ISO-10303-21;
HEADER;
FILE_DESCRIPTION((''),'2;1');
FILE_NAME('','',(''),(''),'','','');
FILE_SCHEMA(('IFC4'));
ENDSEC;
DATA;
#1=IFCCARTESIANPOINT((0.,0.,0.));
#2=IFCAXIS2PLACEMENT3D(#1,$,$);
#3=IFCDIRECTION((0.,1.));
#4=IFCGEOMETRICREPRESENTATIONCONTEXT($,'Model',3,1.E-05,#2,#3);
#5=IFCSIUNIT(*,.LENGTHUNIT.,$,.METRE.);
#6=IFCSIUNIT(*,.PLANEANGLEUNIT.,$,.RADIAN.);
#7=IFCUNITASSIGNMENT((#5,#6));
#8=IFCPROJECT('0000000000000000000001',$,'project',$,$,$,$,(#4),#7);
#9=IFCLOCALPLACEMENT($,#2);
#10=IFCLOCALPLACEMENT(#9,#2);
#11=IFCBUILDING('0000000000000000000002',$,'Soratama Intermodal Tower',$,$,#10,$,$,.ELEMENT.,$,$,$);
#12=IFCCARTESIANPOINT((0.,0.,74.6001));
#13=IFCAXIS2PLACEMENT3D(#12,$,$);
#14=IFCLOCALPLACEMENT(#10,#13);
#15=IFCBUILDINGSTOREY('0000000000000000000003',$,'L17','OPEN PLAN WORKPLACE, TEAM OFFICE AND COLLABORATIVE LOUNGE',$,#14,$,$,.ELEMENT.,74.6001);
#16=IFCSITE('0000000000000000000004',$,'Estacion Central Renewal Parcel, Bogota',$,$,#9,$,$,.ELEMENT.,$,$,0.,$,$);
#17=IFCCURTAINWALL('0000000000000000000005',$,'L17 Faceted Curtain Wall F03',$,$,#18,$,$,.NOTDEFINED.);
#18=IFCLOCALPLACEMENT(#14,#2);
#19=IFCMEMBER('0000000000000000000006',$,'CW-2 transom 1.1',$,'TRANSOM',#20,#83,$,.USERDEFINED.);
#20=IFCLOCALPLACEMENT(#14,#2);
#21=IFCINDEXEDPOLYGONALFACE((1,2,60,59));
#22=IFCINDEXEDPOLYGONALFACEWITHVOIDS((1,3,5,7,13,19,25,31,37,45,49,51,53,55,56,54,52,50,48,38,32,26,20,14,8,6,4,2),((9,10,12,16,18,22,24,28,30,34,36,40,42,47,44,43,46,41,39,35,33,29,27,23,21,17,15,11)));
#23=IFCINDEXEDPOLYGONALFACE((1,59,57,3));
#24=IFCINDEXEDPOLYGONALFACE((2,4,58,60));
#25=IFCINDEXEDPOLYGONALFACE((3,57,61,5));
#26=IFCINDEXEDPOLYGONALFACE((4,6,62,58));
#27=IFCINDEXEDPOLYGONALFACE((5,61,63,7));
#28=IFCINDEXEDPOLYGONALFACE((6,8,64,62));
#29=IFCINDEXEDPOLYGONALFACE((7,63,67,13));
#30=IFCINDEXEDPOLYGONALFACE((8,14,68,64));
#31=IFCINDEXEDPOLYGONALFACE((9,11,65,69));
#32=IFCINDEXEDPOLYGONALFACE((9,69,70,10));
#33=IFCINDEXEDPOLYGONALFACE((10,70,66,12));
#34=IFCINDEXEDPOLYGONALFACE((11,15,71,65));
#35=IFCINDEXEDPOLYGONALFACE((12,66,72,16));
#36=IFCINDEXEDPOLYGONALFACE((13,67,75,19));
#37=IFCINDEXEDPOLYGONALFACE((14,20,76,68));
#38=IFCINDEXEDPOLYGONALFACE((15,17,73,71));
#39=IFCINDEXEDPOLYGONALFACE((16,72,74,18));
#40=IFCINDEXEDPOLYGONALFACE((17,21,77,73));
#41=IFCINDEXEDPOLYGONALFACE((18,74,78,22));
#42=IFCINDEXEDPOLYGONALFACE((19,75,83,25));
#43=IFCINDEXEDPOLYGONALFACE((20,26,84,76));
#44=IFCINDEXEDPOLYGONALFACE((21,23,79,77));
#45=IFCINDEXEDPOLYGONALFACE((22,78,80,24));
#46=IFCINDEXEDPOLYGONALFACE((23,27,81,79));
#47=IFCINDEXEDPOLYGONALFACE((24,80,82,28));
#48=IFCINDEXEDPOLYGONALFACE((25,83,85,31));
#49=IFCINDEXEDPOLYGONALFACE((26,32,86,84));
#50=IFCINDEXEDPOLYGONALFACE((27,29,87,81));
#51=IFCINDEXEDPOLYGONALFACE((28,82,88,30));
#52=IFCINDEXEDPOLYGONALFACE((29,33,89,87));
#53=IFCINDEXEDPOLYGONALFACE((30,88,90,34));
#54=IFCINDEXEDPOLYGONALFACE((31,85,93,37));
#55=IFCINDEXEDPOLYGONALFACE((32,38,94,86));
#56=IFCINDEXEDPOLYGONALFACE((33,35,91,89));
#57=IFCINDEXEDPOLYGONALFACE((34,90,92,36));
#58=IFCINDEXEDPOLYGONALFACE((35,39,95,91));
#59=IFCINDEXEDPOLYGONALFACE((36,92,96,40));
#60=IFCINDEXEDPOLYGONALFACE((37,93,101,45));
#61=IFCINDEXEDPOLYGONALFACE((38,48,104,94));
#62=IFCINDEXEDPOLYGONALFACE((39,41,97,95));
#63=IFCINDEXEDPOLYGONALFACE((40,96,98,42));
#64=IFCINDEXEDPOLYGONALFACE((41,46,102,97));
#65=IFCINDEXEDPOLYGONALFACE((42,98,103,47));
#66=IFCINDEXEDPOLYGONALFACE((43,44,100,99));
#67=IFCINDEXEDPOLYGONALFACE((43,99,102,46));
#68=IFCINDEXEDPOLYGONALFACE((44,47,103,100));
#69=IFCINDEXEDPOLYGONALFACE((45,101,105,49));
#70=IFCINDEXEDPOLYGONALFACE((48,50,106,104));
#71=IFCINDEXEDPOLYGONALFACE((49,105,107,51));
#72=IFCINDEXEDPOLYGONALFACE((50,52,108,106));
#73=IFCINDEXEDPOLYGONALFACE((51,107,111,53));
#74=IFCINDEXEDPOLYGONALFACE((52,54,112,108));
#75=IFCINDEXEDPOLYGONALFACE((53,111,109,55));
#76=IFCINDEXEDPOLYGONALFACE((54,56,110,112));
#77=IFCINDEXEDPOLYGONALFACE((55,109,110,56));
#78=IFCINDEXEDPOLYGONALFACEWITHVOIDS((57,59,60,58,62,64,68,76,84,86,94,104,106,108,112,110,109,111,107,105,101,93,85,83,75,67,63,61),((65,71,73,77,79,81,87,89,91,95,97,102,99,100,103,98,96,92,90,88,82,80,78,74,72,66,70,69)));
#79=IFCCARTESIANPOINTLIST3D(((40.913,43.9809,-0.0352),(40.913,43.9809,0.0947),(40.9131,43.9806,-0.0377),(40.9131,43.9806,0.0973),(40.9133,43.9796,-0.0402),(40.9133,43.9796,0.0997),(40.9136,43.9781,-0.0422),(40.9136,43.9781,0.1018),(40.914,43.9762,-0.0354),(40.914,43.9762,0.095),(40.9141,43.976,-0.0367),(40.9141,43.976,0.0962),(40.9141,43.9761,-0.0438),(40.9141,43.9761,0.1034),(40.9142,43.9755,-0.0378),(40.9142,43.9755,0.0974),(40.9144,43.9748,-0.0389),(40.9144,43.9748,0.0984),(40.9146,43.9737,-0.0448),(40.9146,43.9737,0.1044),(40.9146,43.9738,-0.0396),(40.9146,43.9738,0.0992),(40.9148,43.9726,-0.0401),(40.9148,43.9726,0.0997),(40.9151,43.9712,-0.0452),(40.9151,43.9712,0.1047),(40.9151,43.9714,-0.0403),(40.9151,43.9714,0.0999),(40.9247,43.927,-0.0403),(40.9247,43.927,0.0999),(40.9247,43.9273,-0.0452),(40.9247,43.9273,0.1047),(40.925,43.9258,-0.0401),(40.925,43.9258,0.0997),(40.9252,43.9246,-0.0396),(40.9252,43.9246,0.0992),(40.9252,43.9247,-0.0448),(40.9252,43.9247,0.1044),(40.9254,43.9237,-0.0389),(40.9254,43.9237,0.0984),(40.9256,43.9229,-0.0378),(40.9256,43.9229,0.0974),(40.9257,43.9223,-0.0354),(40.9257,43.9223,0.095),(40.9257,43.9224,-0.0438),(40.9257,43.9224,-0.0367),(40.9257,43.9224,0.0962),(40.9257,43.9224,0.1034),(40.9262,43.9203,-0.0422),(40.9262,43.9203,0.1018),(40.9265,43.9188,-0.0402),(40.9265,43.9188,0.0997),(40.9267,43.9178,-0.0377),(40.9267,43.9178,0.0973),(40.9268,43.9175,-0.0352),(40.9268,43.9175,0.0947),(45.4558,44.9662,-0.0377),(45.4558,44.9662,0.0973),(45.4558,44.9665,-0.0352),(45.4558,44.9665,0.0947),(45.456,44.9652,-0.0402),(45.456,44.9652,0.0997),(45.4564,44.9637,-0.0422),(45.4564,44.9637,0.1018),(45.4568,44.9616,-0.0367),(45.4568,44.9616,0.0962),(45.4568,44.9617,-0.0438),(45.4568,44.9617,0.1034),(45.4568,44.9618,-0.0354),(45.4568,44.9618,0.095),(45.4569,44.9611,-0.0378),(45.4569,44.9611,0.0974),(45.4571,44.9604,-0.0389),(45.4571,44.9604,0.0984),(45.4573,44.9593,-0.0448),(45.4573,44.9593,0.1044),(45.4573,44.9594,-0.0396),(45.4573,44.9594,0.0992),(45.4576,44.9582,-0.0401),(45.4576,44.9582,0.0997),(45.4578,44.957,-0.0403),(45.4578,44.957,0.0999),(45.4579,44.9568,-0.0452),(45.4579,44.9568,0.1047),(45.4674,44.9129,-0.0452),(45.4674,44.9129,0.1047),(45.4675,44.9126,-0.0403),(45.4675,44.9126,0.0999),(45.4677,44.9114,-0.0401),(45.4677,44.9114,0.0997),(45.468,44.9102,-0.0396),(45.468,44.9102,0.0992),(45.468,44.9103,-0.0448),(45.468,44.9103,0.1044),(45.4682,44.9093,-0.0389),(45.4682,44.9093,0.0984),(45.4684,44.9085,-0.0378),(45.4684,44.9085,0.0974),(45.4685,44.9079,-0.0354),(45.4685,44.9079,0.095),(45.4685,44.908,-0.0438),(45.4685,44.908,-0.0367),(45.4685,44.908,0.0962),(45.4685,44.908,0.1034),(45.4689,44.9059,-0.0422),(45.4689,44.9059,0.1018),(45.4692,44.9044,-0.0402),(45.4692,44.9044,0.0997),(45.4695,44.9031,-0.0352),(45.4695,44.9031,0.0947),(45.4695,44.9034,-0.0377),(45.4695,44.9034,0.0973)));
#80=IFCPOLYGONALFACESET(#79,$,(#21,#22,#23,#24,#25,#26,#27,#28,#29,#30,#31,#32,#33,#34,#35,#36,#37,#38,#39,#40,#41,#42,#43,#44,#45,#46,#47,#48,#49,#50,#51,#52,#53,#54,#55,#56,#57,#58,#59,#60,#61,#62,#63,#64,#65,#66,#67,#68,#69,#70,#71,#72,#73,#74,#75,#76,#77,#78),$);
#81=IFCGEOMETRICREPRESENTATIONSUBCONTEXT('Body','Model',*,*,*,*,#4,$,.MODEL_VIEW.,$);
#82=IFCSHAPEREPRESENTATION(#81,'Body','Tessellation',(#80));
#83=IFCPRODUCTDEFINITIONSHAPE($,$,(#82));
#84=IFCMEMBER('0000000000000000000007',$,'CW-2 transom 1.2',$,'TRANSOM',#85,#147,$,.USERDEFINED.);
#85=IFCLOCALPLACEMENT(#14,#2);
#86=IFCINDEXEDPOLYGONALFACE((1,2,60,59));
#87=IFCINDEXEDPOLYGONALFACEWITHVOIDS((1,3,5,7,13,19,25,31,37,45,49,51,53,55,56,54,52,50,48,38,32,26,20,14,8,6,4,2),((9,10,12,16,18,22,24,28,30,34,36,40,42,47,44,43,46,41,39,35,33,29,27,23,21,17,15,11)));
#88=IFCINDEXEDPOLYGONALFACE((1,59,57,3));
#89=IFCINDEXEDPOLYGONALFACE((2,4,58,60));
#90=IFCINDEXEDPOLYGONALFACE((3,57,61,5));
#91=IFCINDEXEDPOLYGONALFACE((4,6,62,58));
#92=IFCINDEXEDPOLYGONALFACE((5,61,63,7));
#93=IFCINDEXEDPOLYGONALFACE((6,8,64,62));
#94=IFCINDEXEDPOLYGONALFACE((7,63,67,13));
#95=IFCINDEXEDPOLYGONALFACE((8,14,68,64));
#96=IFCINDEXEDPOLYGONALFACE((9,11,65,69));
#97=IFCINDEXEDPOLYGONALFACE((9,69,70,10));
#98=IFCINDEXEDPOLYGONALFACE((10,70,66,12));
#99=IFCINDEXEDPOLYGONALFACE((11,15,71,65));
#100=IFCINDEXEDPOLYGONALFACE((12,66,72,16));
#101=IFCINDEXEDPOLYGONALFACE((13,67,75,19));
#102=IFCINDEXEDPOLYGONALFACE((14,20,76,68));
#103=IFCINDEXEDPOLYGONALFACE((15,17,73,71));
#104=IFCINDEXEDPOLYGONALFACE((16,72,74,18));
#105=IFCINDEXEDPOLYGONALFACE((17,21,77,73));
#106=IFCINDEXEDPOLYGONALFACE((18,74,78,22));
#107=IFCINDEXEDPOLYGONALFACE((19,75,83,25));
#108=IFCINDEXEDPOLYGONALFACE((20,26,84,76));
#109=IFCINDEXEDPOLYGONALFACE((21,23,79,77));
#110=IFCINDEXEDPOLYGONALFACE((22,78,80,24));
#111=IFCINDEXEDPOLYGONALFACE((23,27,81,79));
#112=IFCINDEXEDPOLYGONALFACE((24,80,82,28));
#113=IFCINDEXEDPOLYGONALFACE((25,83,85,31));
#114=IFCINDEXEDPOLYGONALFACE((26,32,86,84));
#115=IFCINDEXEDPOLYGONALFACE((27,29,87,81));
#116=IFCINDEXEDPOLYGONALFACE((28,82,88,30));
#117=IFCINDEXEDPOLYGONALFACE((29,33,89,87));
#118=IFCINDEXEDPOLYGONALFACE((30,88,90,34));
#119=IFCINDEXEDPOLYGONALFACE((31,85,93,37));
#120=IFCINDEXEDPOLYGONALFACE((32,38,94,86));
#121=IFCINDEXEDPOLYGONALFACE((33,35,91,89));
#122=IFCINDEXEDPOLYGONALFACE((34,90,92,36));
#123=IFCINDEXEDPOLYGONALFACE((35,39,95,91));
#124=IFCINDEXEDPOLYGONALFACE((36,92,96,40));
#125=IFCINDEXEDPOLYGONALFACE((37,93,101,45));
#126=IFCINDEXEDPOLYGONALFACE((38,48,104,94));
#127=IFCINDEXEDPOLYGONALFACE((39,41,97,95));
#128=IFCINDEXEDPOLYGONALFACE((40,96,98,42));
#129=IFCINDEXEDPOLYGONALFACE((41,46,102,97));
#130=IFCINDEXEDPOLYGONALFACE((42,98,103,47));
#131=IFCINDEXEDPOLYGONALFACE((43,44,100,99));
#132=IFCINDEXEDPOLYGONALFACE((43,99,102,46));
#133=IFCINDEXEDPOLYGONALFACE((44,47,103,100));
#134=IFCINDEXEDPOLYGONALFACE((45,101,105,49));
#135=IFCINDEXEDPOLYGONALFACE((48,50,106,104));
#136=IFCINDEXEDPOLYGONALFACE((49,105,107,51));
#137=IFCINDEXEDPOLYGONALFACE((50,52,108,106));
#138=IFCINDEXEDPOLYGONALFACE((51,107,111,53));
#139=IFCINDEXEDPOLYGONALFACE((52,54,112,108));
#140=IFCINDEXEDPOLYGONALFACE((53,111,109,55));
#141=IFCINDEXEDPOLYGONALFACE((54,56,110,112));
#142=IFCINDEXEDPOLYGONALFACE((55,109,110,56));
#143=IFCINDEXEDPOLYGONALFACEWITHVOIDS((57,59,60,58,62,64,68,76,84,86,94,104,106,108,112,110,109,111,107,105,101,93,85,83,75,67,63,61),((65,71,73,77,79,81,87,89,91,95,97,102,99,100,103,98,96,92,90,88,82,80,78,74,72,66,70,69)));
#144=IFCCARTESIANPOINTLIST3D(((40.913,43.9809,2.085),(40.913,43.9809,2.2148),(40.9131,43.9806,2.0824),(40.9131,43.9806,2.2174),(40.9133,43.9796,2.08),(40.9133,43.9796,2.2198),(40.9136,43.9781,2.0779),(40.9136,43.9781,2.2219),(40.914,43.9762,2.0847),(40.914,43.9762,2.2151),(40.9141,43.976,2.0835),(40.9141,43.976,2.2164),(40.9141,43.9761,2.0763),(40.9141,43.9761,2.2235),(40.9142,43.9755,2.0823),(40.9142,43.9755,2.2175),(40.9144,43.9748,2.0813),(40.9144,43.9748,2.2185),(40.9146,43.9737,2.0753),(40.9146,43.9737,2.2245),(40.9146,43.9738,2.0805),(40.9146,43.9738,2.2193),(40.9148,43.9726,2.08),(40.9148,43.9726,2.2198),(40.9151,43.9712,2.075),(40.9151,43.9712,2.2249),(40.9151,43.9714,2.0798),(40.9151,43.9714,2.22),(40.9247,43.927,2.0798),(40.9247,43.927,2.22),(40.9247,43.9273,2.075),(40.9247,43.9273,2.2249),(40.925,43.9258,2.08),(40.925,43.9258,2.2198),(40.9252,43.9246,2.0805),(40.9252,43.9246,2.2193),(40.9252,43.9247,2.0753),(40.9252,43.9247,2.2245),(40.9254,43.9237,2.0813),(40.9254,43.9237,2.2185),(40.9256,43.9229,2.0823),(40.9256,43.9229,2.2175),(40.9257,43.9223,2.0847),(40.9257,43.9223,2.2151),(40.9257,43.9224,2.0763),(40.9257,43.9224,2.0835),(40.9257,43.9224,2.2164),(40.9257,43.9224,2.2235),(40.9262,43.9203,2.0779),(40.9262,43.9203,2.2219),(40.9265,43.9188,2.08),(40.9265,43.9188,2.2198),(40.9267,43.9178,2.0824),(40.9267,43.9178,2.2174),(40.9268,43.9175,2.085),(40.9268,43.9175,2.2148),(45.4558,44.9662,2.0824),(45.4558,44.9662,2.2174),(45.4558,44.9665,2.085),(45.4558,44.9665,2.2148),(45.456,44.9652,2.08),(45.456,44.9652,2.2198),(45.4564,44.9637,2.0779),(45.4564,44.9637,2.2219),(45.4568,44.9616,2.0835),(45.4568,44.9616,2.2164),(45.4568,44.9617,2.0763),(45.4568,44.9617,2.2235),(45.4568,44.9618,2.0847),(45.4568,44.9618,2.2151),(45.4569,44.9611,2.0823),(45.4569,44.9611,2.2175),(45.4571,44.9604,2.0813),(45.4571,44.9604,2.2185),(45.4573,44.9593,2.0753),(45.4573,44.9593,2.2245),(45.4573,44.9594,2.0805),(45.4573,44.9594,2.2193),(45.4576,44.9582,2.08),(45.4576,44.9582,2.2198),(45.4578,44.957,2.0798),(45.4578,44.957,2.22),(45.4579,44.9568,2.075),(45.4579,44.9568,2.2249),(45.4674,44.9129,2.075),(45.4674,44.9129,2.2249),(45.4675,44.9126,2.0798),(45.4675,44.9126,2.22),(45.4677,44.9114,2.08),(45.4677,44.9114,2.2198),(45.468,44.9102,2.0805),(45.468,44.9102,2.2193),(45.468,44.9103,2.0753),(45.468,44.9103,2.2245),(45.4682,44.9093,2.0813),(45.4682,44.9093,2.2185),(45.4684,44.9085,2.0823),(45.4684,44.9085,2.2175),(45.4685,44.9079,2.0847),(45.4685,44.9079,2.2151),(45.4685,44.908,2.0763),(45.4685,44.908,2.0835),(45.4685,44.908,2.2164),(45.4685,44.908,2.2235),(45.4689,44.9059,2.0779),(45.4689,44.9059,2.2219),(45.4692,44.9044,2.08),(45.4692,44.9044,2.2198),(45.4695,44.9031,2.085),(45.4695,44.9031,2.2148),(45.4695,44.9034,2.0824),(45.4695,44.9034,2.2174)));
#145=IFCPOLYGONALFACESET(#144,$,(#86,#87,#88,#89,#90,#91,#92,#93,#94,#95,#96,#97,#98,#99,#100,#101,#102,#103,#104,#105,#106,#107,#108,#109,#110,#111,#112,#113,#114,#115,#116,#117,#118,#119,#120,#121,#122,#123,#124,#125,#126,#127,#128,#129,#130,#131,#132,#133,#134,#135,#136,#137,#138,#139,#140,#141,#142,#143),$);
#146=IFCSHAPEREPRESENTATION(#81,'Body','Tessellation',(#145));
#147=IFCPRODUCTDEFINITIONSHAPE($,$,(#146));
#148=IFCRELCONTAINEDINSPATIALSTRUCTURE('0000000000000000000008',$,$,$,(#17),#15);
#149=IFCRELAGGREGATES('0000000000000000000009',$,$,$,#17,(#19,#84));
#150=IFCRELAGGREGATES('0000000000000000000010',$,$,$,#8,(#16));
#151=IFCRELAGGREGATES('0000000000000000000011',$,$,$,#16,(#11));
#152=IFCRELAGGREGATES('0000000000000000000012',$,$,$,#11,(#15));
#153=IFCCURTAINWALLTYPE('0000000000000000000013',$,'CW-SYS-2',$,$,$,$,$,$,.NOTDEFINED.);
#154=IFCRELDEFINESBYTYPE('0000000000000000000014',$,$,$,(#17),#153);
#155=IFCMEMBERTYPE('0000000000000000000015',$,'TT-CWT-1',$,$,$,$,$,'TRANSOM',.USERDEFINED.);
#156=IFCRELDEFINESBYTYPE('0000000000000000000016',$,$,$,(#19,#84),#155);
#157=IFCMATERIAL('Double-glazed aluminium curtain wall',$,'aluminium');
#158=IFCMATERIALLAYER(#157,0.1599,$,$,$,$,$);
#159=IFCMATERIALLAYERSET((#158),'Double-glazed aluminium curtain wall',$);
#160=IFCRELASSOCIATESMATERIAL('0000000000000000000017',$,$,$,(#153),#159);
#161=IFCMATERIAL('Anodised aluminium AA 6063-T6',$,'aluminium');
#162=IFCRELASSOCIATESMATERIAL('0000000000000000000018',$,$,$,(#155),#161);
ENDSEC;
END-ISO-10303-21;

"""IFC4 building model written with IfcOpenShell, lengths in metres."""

from ifc_helpers import new_model, si_unit, direction, frame, origin, origin_2d, place, context, subcontext, project, spatial, hollow_rectangle, extrude, material, layer, layer_set, material_profile, profile_set, type_object, element, aggregate, save


model = new_model("IFC4")

# Units and contexts
model_context = context("Model", 3, precision=1e-05, world=origin(), true_north=direction((0.0, 1.0)))
body_context = subcontext(model_context, "Body", "Model", "MODEL_VIEW")
ifc_project = project(units=[si_unit("LENGTHUNIT", "METRE"), si_unit("PLANEANGLEUNIT", "RADIAN")], contexts=[model_context])

# Site, building, storey
site_placement = place(None, origin())
site = spatial("IfcSite", under=ifc_project, at=site_placement, Name="Estacion Central Renewal Parcel, Bogota", CompositionType="ELEMENT", RefElevation=0.0)
building_placement = place(site_placement, origin())
building = spatial("IfcBuilding", under=site, at=building_placement, Name="Soratama Intermodal Tower", CompositionType="ELEMENT")
storey_placement = place(building_placement, frame((0.0, 0.0, 74.6001)))
storey = spatial("IfcBuildingStorey", under=building, at=storey_placement, Name="L17", Description="OPEN PLAN WORKPLACE, TEAM OFFICE AND COLLABORATIVE LOUNGE", CompositionType="ELEMENT", Elevation=74.6001)

# Shared definitions
ifc_material_1 = material(Name="Double-glazed aluminium curtain wall", Category="aluminium")
ifc_layer_1 = layer(ifc_material_1, 0.1599)
ifc_layer_set_1 = layer_set([ifc_layer_1], Name="Double-glazed aluminium curtain wall")
curtain_wall_type = type_object("IfcCurtainWallType", Name="CW-SYS-2", PredefinedType="NOTDEFINED", material=ifc_layer_set_1)

# Curtain wall, members
curtain_wall_1_placement = place(storey_placement, origin())
curtain_wall_1 = element("IfcCurtainWall", 1, at=curtain_wall_1_placement, inside=storey, type_object=curtain_wall_type, Name="L17 Faceted Curtain Wall F03", PredefinedType="NOTDEFINED")
ifc_material_2 = material(Name="Anodised aluminium AA 6063-T6", Category="aluminium")
ifc_material_profile_1 = material_profile(ifc_material_2, hollow_rectangle(XDim=0.0649, YDim=0.1499, WallThickness=0.0049, InnerFilletRadius=0.0049, OuterFilletRadius=0.01, at=origin_2d()), Name="CWT150X65X5")
ifc_profile_set_1 = profile_set([ifc_material_profile_1], Name="Anodised aluminium AA 6063-T6")
member_type_1 = type_object("IfcMemberType", Name="TT-CWT-1", ElementType="TRANSOM", PredefinedType="USERDEFINED", material=ifc_profile_set_1)
member_1_placement = place(storey_placement, frame((45.4626, 44.9348, 0.0298), z_axis=(-0.977264, -0.212028, 0.0), x_axis=(0.212028, -0.977264, 0.0)))
member_1 = element("IfcMember", 2, at=member_1_placement, type_object=member_type_1, Name="CW-2 transom 1.1", ObjectType="TRANSOM", PredefinedType="USERDEFINED", context=body_context, shape_type="SweptSolid", body=[
    extrude(hollow_rectangle(XDim=0.0649, YDim=0.1499, WallThickness=0.0049, InnerFilletRadius=0.0049, OuterFilletRadius=0.01, at=origin_2d()), origin(), (0.0, 0.0, 1.0), 4.6484),
])
member_2_placement = place(storey_placement, frame((45.4626, 44.9348, 2.1499), z_axis=(-0.977264, -0.212028, 0.0), x_axis=(0.212028, -0.977264, 0.0)))
member_2 = element("IfcMember", 3, at=member_2_placement, type_object=member_type_1, Name="CW-2 transom 1.2", ObjectType="TRANSOM", PredefinedType="USERDEFINED", context=body_context, shape_type="SweptSolid", body=[
    extrude(hollow_rectangle(XDim=0.0649, YDim=0.1499, WallThickness=0.0049, InnerFilletRadius=0.0049, OuterFilletRadius=0.01, at=origin_2d()), origin(), (0.0, 0.0, 1.0), 4.6484),
])

aggregate(curtain_wall_1, [member_1, member_2])

save(model, "model.ifc")
